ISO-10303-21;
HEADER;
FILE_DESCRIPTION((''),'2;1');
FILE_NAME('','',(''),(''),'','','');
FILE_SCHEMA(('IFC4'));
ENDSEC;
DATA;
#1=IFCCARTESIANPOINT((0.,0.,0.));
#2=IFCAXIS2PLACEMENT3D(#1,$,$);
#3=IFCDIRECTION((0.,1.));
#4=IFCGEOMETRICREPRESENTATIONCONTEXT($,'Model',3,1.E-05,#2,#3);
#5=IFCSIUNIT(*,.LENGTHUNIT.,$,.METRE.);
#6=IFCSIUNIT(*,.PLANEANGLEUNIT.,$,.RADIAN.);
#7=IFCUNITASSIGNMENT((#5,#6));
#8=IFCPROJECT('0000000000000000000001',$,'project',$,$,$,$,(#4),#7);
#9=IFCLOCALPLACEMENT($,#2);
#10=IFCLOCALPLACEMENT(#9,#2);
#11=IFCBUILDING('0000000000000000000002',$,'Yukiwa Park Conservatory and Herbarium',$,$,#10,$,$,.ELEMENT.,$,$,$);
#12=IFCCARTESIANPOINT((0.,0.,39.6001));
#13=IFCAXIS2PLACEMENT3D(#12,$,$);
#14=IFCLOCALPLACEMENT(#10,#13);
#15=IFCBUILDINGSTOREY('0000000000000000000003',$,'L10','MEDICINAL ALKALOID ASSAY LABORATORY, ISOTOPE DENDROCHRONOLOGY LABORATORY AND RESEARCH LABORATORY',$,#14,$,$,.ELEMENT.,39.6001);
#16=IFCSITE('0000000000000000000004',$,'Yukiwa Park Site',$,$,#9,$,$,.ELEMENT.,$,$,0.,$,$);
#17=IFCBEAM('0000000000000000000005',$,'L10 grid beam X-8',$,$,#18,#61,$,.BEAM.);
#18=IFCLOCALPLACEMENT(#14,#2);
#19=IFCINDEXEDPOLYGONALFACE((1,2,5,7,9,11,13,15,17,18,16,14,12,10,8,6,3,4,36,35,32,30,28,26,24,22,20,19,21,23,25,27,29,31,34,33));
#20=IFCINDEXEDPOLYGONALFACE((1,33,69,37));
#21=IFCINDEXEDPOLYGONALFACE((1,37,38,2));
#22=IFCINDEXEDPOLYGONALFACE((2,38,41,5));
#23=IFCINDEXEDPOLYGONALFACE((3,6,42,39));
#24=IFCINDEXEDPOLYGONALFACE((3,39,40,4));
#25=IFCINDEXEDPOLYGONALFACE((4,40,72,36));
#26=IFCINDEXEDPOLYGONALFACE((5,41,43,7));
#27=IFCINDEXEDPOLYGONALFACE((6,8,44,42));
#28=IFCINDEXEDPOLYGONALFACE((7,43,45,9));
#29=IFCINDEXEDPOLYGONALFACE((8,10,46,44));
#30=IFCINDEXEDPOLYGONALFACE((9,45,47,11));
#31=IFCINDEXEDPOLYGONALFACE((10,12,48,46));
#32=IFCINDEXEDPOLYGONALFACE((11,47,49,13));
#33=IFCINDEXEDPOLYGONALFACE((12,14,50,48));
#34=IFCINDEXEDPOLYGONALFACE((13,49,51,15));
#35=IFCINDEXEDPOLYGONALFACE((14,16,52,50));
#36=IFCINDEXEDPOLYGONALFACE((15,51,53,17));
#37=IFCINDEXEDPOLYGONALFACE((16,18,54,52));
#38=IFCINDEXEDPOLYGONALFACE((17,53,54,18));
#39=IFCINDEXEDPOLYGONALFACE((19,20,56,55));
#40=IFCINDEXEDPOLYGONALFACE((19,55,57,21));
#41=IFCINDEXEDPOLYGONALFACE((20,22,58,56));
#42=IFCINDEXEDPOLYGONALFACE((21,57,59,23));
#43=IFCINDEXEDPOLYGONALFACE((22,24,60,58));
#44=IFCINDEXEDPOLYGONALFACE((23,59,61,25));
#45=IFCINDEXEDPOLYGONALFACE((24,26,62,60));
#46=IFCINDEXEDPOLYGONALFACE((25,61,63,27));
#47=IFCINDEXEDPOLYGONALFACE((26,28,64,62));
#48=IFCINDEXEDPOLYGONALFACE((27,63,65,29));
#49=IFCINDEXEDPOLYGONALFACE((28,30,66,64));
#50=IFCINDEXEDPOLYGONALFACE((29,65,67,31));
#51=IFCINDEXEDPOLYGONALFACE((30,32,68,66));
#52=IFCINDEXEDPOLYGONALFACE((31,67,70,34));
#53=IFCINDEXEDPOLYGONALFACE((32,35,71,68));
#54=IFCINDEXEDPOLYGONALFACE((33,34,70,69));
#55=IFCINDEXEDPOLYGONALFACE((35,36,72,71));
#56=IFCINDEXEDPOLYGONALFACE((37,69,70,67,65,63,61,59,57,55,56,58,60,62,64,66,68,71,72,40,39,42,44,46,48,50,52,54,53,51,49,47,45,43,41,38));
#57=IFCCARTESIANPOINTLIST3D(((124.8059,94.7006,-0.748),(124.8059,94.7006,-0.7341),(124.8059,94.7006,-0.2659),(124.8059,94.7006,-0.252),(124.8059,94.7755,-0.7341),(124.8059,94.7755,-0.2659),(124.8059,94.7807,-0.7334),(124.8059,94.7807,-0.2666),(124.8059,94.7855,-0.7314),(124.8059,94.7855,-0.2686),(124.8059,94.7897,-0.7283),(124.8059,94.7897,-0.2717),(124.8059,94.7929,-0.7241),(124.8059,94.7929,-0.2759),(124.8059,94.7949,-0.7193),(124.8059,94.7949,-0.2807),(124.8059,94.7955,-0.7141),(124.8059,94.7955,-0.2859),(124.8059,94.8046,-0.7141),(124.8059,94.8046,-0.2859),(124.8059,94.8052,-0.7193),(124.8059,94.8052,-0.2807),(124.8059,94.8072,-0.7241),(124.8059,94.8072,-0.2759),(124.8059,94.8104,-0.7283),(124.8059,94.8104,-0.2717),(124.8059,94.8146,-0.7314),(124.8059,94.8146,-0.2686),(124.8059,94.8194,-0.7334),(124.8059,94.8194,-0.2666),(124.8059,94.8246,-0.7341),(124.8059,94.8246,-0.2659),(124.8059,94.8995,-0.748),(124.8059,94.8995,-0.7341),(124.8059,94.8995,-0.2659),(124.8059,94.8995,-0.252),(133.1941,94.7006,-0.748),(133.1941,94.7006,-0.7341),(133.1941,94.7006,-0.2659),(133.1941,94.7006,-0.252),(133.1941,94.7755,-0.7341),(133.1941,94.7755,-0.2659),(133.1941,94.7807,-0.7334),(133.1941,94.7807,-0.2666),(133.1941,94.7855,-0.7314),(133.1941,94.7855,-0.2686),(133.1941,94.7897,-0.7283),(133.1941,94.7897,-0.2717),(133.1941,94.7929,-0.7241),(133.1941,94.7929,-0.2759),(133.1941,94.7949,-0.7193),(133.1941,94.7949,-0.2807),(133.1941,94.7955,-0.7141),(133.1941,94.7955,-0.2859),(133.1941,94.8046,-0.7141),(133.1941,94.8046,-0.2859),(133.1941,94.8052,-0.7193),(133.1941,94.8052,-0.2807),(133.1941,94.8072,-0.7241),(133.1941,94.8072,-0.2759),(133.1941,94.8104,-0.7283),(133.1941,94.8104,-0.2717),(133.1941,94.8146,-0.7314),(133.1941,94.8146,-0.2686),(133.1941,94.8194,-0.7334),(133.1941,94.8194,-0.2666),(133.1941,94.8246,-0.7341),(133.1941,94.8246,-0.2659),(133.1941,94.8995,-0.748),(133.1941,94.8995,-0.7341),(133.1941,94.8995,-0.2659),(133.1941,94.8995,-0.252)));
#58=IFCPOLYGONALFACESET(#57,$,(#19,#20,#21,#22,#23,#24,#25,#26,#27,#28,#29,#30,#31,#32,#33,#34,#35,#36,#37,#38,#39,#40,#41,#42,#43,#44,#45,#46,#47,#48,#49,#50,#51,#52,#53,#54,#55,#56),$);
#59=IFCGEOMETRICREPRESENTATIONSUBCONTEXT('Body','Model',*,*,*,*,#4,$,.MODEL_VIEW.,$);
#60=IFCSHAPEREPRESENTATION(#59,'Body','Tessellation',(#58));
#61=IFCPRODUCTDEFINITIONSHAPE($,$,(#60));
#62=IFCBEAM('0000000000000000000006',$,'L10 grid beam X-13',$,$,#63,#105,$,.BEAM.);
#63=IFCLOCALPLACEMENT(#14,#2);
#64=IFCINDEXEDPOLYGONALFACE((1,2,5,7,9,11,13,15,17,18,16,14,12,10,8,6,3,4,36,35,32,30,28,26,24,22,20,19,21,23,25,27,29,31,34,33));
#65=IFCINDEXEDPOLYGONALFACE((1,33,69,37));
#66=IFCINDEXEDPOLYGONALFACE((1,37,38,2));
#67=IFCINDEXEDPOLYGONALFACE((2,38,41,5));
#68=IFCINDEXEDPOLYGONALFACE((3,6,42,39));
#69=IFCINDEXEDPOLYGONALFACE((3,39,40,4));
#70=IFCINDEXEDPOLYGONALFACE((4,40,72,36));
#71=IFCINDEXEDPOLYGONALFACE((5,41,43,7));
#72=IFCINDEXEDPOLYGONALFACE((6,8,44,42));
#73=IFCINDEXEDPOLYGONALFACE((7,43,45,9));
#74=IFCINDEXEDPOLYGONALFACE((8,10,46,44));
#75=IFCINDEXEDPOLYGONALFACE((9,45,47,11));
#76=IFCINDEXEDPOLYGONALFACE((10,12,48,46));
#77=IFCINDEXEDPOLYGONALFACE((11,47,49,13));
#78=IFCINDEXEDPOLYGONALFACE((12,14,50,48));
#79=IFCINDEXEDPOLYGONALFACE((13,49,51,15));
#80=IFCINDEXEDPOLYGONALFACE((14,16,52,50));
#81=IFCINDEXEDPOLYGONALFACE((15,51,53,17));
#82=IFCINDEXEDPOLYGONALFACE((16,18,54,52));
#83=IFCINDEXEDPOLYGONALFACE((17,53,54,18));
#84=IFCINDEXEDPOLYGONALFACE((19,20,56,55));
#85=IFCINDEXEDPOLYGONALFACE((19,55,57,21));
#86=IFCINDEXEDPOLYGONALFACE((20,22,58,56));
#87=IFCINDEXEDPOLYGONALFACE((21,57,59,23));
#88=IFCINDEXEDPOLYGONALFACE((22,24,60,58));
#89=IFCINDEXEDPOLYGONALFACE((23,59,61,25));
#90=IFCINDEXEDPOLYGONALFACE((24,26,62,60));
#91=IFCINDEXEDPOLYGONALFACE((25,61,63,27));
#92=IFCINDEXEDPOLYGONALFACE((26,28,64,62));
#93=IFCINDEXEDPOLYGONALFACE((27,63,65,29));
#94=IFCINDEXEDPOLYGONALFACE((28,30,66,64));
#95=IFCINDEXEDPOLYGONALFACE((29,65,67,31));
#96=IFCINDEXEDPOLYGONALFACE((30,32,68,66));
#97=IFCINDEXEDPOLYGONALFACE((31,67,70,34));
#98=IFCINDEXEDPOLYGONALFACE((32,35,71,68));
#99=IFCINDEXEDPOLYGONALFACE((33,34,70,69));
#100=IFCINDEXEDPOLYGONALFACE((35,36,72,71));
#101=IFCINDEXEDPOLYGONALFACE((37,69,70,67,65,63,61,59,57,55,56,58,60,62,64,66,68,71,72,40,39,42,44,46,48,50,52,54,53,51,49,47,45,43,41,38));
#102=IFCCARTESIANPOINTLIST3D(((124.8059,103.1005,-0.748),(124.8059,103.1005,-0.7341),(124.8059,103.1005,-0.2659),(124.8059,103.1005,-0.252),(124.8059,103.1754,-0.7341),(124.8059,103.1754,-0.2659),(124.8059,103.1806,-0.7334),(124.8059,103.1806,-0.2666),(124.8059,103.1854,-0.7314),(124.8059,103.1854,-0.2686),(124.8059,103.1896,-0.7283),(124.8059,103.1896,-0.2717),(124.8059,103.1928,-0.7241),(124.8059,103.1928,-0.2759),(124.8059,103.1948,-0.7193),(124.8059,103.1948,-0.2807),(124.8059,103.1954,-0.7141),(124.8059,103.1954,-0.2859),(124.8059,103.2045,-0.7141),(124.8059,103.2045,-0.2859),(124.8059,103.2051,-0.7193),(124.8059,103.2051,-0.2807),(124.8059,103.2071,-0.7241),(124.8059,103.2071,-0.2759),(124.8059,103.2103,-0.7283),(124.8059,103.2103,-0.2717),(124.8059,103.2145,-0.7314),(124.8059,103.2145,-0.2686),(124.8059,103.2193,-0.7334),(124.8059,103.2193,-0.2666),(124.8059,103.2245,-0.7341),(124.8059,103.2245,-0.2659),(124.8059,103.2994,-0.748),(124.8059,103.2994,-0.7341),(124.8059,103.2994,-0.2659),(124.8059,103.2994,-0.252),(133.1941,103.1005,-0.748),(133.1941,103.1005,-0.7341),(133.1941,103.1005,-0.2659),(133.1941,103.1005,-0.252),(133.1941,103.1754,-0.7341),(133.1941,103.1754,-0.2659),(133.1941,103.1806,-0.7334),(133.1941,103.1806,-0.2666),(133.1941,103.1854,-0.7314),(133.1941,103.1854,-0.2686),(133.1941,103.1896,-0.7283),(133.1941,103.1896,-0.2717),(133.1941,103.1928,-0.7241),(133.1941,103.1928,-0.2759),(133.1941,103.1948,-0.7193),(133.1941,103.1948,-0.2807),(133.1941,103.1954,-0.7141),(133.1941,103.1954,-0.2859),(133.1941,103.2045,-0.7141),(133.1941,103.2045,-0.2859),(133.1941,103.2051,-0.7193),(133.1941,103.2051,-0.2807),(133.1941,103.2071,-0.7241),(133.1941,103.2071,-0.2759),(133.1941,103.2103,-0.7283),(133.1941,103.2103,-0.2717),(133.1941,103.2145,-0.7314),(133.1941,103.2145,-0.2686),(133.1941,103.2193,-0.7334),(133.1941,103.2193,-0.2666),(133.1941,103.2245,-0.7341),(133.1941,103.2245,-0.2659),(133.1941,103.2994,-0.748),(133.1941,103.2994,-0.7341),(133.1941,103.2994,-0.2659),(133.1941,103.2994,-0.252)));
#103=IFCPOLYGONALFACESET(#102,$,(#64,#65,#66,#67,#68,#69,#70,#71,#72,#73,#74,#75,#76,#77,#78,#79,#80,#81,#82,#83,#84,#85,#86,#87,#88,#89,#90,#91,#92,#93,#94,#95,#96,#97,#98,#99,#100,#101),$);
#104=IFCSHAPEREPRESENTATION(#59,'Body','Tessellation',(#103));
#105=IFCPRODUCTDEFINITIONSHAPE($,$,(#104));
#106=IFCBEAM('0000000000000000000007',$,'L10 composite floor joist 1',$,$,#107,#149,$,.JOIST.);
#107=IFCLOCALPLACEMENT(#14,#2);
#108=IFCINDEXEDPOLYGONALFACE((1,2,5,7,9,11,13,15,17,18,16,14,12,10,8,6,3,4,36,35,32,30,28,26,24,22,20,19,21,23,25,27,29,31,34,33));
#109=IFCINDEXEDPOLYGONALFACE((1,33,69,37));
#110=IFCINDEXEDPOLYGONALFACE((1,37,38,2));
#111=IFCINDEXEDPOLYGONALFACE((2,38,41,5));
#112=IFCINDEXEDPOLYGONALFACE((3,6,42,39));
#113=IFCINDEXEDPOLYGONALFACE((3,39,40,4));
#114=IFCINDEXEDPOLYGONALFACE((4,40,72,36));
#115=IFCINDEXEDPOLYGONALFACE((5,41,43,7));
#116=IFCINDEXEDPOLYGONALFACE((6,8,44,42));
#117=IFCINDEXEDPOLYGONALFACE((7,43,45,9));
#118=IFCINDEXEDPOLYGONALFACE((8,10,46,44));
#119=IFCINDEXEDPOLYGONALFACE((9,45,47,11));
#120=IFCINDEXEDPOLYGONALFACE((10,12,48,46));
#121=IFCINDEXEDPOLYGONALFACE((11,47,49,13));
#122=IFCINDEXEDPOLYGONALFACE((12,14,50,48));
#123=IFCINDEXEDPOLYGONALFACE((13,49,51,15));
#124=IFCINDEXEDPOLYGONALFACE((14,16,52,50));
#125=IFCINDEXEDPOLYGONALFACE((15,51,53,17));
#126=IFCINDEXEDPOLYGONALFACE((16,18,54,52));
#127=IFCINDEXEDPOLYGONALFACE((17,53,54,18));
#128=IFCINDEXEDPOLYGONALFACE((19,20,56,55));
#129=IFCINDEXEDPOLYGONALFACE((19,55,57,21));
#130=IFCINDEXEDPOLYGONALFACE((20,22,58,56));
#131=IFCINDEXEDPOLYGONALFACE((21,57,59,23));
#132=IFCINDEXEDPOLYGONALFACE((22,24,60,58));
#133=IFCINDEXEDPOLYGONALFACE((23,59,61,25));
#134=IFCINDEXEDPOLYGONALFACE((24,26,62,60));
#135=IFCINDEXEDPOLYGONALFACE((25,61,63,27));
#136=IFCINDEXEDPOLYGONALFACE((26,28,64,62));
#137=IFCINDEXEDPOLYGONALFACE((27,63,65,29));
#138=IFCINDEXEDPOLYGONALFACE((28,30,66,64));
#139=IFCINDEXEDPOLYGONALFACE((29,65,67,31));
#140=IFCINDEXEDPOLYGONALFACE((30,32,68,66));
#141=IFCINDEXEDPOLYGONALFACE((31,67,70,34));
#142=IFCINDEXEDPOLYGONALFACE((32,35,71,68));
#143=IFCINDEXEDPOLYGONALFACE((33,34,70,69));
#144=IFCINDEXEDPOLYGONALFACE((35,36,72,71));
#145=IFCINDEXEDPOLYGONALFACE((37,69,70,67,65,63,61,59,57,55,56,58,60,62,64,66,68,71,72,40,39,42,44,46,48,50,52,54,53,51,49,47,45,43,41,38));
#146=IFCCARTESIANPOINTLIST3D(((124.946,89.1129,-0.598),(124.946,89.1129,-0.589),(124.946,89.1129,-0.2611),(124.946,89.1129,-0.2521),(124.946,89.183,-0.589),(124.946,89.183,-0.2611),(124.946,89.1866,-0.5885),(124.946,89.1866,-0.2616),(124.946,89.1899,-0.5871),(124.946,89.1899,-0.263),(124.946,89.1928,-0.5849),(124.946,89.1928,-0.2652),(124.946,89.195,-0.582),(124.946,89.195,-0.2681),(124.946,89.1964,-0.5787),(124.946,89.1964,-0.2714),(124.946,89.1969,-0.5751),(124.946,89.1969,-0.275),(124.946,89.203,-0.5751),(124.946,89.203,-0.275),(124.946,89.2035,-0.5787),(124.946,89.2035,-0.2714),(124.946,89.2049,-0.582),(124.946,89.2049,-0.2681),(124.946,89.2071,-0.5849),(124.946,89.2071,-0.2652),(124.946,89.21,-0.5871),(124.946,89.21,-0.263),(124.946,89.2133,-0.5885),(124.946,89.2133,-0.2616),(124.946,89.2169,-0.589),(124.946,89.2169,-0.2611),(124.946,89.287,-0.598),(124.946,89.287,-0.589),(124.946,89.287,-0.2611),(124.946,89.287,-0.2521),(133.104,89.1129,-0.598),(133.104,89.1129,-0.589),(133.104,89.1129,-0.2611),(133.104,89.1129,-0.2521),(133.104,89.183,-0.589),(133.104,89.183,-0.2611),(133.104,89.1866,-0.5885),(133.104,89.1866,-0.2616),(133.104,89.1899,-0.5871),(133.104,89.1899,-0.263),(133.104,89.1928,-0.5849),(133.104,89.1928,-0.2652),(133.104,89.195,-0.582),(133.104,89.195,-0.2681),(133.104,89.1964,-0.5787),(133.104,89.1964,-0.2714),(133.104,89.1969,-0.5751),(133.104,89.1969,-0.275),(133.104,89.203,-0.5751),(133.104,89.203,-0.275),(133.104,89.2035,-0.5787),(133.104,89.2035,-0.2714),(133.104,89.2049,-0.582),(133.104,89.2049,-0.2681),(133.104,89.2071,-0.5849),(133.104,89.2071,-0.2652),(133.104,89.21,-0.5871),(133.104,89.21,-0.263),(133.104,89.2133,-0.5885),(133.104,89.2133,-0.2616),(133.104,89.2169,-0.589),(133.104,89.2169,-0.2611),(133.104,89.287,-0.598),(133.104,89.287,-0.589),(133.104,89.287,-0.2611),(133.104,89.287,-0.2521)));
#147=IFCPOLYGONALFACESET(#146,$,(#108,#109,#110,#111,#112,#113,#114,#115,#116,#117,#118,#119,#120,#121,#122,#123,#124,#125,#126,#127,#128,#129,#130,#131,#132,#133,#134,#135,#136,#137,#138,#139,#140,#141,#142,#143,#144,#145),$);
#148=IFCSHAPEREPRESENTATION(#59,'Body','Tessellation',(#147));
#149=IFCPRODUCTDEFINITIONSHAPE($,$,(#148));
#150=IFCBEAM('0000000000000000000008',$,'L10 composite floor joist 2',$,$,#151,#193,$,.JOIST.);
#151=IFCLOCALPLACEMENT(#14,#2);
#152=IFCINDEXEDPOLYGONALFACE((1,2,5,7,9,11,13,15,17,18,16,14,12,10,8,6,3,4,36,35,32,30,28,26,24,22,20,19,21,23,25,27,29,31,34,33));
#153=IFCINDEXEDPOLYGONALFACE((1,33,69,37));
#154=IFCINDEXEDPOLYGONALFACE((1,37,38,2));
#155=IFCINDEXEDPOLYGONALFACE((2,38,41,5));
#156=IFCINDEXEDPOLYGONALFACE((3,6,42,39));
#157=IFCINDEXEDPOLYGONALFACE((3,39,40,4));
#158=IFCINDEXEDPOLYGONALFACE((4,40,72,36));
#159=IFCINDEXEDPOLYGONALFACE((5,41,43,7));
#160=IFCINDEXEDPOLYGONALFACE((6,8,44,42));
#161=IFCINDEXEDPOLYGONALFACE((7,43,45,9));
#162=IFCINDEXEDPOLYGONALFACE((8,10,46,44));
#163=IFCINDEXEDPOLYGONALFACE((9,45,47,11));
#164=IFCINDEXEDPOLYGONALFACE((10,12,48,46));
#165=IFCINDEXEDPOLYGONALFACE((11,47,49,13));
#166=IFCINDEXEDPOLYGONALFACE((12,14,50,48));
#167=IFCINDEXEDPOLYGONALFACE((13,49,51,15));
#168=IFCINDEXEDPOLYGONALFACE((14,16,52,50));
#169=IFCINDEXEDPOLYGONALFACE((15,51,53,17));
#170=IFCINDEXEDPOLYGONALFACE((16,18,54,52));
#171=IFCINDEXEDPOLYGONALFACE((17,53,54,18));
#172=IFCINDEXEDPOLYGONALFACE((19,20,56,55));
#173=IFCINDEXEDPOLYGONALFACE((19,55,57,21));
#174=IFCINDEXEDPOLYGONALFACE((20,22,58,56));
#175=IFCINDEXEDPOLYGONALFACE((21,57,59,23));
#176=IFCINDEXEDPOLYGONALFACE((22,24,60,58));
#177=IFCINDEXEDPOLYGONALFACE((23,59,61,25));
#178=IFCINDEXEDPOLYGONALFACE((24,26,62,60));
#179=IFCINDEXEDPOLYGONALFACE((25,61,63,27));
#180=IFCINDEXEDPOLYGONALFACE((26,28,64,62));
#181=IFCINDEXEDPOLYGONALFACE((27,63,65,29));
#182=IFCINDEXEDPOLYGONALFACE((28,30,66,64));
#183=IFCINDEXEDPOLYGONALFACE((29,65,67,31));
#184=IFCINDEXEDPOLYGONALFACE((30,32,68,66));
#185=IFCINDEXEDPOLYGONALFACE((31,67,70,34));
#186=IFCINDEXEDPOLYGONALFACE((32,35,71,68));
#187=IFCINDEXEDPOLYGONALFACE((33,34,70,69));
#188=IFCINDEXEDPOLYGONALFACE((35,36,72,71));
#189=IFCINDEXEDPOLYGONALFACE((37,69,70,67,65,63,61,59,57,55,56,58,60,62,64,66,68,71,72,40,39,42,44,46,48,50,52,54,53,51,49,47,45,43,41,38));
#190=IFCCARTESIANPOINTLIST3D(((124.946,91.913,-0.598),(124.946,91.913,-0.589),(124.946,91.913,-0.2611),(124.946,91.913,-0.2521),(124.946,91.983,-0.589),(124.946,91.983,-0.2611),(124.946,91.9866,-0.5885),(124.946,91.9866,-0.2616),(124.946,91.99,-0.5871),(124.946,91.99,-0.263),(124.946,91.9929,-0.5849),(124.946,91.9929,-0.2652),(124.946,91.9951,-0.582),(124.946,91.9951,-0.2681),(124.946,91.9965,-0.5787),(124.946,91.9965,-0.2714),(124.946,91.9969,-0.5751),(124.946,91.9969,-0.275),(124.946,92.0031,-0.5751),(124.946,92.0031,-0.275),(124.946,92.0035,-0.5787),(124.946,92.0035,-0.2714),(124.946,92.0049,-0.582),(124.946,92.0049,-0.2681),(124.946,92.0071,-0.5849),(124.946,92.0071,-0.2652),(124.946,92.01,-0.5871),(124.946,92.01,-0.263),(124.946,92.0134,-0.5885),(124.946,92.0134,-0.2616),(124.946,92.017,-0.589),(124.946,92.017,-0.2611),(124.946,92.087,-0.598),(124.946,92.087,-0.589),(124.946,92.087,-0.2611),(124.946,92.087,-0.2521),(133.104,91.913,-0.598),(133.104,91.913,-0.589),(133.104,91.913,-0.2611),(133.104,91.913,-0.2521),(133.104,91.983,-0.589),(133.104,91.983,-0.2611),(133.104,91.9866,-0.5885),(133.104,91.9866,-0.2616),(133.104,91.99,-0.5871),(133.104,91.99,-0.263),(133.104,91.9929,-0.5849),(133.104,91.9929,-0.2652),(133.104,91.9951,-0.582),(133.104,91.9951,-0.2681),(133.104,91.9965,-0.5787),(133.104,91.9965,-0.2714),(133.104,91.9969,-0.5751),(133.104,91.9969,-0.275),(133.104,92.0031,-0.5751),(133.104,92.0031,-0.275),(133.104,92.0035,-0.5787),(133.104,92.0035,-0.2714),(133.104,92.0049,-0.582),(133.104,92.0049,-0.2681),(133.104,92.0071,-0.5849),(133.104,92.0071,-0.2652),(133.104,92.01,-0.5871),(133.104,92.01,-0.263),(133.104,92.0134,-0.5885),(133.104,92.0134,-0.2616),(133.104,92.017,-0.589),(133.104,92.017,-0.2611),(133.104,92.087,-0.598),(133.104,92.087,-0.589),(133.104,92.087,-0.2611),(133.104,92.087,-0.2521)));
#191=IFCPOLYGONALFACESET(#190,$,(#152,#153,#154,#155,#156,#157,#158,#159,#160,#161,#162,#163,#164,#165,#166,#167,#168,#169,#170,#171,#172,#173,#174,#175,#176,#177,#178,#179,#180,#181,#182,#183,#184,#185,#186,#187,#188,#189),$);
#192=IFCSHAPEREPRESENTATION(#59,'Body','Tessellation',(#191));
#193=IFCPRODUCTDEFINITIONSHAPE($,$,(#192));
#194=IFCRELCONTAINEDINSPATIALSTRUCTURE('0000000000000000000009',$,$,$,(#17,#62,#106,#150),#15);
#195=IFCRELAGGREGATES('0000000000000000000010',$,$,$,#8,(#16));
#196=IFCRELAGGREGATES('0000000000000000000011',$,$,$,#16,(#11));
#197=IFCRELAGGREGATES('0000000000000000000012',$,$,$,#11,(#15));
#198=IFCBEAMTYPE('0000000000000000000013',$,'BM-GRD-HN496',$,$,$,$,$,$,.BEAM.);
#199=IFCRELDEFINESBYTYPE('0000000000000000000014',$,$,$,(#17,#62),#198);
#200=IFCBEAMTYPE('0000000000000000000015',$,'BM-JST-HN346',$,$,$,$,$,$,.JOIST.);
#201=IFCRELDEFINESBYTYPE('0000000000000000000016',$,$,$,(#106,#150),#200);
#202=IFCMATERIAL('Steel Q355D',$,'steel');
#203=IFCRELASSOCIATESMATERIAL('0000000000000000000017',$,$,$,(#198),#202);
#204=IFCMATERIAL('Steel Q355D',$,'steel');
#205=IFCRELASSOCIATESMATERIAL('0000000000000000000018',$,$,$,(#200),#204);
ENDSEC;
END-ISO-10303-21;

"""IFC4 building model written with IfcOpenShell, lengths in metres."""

from ifc_helpers import new_model, si_unit, direction, frame, origin, origin_2d, place, context, subcontext, project, spatial, i_section, extrude, material, material_profile, profile_set, type_object, element, save


model = new_model("IFC4")

# Units and contexts
model_context = context("Model", 3, precision=1e-05, world=origin(), true_north=direction((0.0, 1.0)))
body_context = subcontext(model_context, "Body", "Model", "MODEL_VIEW")
ifc_project = project(units=[si_unit("LENGTHUNIT", "METRE"), si_unit("PLANEANGLEUNIT", "RADIAN")], contexts=[model_context])

# Site, building, storey
site_placement = place(None, origin())
site = spatial("IfcSite", under=ifc_project, at=site_placement, Name="Yukiwa Park Site", CompositionType="ELEMENT", RefElevation=0.0)
building_placement = place(site_placement, origin())
building = spatial("IfcBuilding", under=site, at=building_placement, Name="Yukiwa Park Conservatory and Herbarium", CompositionType="ELEMENT")
storey_placement = place(building_placement, frame((0.0, 0.0, 39.6001)))
storey = spatial("IfcBuildingStorey", under=building, at=storey_placement, Name="L10", Description="MEDICINAL ALKALOID ASSAY LABORATORY, ISOTOPE DENDROCHRONOLOGY LABORATORY AND RESEARCH LABORATORY", CompositionType="ELEMENT", Elevation=39.6001)

# Beams
ifc_material_1 = material(Name="Steel Q355D", Category="steel")
ifc_material_profile_1 = material_profile(ifc_material_1, i_section(OverallWidth=0.199, OverallDepth=0.4961, WebThickness=0.009, FlangeThickness=0.0139, FilletRadius=0.02, at=origin_2d()), Name="HN 496x199x9x14")
ifc_profile_set_1 = profile_set([ifc_material_profile_1], Name="Steel Q355D")
beam_type_1 = type_object("IfcBeamType", Name="BM-GRD-HN496", PredefinedType="BEAM", material=ifc_profile_set_1)
for number, where, z_axis, x_axis, name in (
    (1, (124.8059, 94.8, -0.5), (1.0, 0.0, 0.0), (0.0, 1.0, 0.0), "L10 grid beam X-8"),
    (2, (124.8059, 103.2, -0.5), (1.0, 0.0, 0.0), (0.0, 1.0, 0.0), "L10 grid beam X-13"),
):
    element("IfcBeam", number, at=place(storey_placement, frame(where, z_axis=z_axis, x_axis=x_axis)), inside=storey, type_object=beam_type_1, Name=name, PredefinedType="BEAM", context=body_context, shape_type="SweptSolid", body=[
        extrude(i_section(OverallWidth=0.199, OverallDepth=0.4961, WebThickness=0.009, FlangeThickness=0.0139, FilletRadius=0.02, at=origin_2d()), origin(), (0.0, 0.0, 1.0), 8.3882),
    ])
ifc_material_2 = material(Name="Steel Q355D", Category="steel")
ifc_material_profile_2 = material_profile(ifc_material_2, i_section(OverallWidth=0.1741, OverallDepth=0.3459, WebThickness=0.0061, FlangeThickness=0.009, FilletRadius=0.0139, at=origin_2d()), Name="HN 346x174x6x9")
ifc_profile_set_2 = profile_set([ifc_material_profile_2], Name="Steel Q355D")
beam_type_2 = type_object("IfcBeamType", Name="BM-JST-HN346", PredefinedType="JOIST", material=ifc_profile_set_2)
for number, where, z_axis, x_axis, name in (
    (3, (124.946, 89.2, -0.425), (1.0, 0.0, 0.0), (0.0, 1.0, 0.0), "L10 composite floor joist 1"),
    (4, (124.946, 92.0, -0.425), (1.0, 0.0, 0.0), (0.0, 1.0, 0.0), "L10 composite floor joist 2"),
):
    element("IfcBeam", number, at=place(storey_placement, frame(where, z_axis=z_axis, x_axis=x_axis)), inside=storey, type_object=beam_type_2, Name=name, PredefinedType="JOIST", context=body_context, shape_type="SweptSolid", body=[
        extrude(i_section(OverallWidth=0.1741, OverallDepth=0.3459, WebThickness=0.0061, FlangeThickness=0.009, FilletRadius=0.0139, at=origin_2d()), origin(), (0.0, 0.0, 1.0), 8.158),
    ])

save(model, "model.ifc")
